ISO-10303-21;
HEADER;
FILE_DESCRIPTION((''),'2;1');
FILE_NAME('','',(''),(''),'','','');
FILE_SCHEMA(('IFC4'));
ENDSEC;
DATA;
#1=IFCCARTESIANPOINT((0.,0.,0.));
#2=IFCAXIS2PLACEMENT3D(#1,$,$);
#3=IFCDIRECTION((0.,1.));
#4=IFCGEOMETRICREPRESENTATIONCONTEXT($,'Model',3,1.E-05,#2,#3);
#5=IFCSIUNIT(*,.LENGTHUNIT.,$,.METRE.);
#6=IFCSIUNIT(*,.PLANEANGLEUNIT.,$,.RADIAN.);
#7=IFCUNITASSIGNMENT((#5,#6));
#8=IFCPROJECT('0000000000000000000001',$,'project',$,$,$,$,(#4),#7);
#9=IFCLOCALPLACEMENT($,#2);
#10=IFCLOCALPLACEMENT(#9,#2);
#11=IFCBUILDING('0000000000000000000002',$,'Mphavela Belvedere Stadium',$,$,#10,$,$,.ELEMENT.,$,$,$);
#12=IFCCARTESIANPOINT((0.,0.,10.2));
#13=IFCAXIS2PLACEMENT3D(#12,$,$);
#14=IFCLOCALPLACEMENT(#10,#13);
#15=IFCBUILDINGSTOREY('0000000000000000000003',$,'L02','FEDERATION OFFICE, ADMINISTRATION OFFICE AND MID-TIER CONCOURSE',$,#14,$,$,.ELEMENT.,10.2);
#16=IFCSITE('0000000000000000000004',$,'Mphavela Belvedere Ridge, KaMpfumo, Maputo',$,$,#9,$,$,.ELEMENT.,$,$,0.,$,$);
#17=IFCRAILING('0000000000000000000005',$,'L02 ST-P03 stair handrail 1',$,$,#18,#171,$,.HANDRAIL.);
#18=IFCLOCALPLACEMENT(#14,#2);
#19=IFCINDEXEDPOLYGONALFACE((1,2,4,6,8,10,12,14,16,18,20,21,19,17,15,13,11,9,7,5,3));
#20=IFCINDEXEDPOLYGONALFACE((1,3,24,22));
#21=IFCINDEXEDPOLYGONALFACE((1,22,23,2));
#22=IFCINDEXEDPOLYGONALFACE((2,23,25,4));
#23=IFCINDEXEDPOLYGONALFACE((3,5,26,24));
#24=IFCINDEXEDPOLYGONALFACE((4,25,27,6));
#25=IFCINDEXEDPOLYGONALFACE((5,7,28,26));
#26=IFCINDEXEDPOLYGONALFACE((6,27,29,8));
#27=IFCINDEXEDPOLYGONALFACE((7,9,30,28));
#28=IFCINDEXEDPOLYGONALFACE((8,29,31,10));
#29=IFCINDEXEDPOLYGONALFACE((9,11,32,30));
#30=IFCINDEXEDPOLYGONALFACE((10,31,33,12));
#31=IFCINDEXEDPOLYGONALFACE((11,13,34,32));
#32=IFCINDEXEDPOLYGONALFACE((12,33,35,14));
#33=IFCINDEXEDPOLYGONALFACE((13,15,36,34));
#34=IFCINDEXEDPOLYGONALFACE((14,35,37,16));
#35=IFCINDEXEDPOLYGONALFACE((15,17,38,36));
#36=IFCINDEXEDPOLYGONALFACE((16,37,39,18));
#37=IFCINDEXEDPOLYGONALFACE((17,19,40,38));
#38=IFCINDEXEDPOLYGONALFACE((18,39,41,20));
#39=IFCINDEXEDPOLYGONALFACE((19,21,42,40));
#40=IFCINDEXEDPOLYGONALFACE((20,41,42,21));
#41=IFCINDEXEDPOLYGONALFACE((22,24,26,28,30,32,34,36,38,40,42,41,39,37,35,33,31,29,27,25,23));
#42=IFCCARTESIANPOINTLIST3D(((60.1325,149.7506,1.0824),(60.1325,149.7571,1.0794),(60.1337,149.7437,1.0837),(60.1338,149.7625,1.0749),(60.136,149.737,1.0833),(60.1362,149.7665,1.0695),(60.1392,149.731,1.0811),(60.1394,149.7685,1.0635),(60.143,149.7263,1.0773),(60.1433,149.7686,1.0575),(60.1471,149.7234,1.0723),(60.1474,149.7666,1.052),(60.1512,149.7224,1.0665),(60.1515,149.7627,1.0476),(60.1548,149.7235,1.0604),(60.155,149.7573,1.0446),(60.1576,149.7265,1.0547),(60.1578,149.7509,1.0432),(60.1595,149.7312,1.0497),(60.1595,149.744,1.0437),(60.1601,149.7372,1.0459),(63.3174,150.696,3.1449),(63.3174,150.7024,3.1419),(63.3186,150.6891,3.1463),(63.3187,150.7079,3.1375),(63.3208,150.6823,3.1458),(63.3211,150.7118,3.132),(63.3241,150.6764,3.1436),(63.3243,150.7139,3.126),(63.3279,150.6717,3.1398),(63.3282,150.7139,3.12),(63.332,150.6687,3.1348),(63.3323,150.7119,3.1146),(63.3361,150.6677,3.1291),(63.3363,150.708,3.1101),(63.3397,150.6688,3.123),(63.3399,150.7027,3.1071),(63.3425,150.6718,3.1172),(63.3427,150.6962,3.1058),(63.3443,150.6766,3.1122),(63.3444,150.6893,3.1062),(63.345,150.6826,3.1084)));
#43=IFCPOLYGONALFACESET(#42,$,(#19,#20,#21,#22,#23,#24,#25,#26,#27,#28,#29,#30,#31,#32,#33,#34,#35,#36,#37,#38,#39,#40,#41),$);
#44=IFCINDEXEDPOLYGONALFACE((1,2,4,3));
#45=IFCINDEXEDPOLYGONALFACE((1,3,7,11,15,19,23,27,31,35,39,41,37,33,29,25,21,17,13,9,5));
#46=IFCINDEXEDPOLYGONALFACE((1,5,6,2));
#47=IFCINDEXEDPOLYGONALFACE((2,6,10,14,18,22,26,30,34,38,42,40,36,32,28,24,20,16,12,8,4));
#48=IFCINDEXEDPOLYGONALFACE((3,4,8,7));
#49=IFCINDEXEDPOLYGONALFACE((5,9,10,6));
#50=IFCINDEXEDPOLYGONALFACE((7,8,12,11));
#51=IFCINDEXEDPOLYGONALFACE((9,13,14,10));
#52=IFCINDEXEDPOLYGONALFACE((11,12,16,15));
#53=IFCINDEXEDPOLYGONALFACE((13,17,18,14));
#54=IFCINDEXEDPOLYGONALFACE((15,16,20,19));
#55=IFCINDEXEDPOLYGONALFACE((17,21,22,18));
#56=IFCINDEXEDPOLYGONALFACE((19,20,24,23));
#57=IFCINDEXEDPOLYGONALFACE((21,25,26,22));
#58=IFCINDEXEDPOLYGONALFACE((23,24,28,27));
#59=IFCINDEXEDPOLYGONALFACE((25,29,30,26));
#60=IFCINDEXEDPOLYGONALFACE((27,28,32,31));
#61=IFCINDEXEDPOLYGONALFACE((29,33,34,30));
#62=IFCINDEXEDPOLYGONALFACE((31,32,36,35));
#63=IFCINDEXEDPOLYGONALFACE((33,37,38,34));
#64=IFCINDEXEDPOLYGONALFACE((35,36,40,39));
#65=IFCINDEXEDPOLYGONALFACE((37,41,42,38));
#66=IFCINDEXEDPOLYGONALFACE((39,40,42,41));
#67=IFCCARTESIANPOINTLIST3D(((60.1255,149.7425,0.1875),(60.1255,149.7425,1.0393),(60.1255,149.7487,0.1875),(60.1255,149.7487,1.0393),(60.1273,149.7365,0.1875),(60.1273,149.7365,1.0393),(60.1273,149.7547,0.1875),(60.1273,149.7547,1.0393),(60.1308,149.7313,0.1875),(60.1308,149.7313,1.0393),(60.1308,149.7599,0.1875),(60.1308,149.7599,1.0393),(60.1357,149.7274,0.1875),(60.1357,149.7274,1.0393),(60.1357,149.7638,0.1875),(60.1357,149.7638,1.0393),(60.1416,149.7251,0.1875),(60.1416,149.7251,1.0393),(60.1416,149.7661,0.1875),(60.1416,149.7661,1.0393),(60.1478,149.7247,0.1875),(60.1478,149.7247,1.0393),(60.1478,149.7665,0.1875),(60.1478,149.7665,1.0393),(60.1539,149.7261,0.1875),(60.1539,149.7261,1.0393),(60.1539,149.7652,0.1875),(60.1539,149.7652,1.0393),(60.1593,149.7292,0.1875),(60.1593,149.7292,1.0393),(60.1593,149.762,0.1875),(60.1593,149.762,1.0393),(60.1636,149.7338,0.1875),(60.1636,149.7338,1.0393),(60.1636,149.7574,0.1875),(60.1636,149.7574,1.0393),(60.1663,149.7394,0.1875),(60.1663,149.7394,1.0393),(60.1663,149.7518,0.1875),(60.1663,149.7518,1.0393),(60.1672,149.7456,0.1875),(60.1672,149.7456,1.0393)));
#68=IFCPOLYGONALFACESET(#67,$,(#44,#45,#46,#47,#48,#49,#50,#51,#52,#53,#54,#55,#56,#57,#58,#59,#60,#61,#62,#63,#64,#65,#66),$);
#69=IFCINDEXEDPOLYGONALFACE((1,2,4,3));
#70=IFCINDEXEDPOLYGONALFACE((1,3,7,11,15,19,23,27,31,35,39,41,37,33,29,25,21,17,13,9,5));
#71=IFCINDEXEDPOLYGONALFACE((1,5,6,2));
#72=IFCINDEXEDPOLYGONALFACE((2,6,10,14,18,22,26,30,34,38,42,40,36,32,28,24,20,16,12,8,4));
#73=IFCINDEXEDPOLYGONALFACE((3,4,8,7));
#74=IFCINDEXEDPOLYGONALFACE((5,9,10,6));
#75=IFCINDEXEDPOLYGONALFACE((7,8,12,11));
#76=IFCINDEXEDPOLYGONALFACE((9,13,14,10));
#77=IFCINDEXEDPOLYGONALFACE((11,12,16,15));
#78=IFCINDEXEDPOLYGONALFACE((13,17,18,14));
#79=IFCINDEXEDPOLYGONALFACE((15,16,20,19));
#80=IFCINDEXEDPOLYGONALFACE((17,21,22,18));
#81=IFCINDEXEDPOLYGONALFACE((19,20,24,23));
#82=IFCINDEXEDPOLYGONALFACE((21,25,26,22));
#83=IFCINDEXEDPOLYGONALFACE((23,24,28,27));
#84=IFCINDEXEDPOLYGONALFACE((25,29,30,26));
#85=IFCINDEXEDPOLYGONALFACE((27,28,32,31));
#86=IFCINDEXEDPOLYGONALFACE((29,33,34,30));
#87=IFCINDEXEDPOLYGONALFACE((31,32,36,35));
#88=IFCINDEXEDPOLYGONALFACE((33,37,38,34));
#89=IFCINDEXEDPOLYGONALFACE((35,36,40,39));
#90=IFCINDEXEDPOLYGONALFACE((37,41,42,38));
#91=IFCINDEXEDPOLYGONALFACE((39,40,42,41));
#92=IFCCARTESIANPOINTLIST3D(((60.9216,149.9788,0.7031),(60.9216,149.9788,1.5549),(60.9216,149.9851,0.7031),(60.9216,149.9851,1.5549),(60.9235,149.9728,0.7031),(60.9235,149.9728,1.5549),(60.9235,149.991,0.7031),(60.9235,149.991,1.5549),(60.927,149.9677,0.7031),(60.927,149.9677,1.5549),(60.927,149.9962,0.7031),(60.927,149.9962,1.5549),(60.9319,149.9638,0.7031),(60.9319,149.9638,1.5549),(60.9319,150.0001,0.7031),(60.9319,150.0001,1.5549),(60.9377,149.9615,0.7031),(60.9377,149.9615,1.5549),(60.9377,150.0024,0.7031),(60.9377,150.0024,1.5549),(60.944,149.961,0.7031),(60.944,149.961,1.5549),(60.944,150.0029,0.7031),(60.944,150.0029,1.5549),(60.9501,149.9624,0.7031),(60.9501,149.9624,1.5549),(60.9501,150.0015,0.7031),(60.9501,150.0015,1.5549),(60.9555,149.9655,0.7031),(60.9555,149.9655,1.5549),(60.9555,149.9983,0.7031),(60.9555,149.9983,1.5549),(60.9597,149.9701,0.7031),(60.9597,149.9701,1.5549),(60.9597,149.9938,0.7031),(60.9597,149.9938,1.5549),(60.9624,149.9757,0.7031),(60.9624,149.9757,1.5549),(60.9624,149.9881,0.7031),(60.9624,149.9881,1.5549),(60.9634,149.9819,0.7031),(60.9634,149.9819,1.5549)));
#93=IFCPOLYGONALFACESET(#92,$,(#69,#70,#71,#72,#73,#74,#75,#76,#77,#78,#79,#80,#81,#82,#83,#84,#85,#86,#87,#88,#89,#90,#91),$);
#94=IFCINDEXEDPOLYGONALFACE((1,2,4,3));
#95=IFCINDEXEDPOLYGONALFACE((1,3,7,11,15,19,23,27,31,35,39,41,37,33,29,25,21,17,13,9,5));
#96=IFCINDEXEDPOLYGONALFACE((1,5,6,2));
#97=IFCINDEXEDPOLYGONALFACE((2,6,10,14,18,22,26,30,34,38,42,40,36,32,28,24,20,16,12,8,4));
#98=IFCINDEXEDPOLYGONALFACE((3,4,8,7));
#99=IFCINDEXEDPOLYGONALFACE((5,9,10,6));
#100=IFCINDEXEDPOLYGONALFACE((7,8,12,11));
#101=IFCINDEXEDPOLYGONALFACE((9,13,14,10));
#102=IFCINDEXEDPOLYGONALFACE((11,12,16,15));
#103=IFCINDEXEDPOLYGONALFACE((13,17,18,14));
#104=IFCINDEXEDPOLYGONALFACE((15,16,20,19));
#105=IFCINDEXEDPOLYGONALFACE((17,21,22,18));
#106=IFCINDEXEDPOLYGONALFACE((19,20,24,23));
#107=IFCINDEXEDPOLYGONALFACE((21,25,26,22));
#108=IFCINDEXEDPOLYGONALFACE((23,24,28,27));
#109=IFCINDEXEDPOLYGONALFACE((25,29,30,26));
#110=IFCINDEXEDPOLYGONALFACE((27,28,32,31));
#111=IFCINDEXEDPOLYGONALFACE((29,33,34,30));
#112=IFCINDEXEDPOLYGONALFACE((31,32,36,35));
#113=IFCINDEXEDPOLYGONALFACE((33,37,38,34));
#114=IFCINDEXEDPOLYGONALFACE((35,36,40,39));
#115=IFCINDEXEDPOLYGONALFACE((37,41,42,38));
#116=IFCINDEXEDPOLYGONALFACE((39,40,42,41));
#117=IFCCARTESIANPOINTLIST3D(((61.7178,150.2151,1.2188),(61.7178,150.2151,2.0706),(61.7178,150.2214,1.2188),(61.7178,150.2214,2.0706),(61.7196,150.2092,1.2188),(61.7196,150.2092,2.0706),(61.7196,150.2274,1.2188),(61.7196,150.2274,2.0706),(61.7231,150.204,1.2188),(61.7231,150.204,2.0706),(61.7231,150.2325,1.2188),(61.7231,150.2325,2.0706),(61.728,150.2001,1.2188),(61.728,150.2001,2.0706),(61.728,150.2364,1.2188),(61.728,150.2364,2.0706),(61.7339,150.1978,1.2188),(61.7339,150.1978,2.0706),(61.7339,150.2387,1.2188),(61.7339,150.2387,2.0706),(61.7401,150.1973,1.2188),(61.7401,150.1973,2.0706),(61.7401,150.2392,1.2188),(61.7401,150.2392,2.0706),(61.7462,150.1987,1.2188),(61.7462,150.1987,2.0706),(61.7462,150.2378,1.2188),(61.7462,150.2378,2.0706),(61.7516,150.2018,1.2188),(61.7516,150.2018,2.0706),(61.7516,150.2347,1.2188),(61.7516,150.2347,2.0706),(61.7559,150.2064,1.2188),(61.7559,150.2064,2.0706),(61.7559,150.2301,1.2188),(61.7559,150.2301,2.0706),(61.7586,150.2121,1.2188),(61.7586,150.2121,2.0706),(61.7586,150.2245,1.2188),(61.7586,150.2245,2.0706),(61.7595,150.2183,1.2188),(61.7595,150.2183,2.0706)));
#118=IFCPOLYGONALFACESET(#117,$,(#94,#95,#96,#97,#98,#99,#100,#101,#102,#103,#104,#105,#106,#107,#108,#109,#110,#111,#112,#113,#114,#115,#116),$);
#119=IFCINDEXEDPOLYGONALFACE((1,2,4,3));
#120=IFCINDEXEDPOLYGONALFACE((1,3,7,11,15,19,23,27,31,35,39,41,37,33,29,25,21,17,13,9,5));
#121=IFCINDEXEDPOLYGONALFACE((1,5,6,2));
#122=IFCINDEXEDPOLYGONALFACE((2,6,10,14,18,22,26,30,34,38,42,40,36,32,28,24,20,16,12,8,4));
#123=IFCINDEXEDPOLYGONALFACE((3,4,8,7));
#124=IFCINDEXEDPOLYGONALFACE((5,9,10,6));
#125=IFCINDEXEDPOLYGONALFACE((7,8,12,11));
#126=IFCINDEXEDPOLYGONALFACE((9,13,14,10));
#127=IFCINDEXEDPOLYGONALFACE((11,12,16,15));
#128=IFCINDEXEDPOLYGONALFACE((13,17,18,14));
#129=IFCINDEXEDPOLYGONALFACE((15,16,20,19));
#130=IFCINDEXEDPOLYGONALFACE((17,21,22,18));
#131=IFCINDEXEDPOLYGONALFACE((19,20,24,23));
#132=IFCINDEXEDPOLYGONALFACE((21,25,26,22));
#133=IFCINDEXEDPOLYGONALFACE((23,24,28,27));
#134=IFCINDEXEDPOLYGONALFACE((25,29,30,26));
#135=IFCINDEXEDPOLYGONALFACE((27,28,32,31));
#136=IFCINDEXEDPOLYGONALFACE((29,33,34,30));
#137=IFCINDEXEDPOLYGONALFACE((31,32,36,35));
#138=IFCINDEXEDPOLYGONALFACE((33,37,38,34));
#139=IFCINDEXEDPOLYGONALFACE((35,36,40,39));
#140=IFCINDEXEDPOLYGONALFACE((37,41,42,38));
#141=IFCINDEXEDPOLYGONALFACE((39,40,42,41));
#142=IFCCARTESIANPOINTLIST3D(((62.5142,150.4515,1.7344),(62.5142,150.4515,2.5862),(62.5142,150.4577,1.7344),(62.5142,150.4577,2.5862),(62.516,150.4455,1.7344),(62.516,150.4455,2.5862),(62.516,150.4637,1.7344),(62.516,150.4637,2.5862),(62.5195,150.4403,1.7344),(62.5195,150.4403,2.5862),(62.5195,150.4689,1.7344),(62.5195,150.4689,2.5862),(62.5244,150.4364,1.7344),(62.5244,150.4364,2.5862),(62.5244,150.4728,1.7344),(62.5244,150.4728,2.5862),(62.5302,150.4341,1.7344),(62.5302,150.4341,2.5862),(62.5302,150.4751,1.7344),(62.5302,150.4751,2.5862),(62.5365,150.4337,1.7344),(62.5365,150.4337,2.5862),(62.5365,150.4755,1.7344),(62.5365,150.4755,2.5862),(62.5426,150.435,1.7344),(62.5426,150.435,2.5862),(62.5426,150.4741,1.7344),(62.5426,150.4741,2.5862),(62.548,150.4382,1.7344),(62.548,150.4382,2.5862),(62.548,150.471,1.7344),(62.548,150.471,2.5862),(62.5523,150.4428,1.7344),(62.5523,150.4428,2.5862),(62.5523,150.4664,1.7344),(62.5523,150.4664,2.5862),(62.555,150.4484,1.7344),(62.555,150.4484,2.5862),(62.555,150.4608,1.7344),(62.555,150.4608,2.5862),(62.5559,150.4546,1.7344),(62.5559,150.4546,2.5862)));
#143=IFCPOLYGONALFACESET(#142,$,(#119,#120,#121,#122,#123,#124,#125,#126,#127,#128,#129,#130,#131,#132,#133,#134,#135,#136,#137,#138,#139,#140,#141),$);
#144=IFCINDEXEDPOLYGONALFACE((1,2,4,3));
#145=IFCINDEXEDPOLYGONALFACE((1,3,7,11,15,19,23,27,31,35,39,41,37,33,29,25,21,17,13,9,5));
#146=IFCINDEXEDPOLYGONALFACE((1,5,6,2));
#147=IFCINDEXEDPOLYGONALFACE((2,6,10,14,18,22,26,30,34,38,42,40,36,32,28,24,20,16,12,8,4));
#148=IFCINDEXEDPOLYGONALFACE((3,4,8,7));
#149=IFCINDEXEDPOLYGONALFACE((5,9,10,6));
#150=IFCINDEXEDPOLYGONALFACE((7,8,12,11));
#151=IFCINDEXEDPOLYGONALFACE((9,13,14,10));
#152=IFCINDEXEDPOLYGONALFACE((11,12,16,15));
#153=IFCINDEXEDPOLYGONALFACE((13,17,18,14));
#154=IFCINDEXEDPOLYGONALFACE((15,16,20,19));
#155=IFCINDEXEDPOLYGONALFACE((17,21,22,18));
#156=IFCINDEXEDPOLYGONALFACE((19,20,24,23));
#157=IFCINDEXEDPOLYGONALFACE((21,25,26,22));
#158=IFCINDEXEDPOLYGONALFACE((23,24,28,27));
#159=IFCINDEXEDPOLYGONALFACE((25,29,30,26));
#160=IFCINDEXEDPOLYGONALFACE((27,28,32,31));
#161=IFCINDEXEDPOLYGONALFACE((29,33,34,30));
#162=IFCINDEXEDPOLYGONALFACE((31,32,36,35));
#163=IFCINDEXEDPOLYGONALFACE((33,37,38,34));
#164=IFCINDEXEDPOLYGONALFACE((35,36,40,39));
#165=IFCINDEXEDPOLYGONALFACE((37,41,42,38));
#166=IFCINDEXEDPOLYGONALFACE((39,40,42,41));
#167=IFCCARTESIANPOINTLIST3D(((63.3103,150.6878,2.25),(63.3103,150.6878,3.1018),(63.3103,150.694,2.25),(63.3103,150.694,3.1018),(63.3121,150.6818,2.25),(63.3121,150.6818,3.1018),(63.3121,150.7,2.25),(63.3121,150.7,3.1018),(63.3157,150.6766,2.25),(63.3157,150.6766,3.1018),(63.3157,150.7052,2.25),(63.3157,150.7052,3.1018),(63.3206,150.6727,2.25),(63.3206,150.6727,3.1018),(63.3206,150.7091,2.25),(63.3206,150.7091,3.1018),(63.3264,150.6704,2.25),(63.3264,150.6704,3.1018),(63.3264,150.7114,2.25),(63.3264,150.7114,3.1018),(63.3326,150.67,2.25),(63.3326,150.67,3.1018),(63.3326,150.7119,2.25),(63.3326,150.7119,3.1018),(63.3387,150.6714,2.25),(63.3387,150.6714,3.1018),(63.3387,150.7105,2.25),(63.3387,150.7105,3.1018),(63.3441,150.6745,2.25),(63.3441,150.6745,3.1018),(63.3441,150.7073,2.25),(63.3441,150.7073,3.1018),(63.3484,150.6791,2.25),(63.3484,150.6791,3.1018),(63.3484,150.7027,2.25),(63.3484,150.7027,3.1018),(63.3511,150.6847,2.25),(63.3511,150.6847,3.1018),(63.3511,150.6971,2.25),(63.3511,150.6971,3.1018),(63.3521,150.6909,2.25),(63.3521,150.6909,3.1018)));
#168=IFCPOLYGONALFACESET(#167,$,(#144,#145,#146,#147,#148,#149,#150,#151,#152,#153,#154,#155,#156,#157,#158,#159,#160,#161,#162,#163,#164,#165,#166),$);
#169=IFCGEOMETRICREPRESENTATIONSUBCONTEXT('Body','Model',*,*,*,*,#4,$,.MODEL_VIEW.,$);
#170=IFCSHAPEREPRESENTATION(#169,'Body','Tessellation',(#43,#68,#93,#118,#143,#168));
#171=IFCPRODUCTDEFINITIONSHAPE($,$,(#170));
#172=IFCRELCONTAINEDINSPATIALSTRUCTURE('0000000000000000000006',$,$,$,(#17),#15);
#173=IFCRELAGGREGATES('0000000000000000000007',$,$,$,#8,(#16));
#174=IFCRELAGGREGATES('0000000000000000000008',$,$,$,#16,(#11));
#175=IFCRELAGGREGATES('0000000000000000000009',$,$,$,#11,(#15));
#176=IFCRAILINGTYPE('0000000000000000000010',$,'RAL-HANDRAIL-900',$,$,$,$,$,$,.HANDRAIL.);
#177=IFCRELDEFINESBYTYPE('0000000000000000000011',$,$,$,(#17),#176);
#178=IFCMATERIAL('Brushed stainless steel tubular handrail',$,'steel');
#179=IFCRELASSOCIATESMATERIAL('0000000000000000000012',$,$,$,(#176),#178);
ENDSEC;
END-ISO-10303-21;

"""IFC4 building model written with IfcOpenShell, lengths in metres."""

from ifc_helpers import new_model, si_unit, direction, frame, origin, origin_2d, place, context, subcontext, project, spatial, circle, extrude, material, type_object, element, save


model = new_model("IFC4")

# Units and contexts
model_context = context("Model", 3, precision=1e-05, world=origin(), true_north=direction((0.0, 1.0)))
body_context = subcontext(model_context, "Body", "Model", "MODEL_VIEW")
ifc_project = project(units=[si_unit("LENGTHUNIT", "METRE"), si_unit("PLANEANGLEUNIT", "RADIAN")], contexts=[model_context])

# Site, building, storey
site_placement = place(None, origin())
site = spatial("IfcSite", under=ifc_project, at=site_placement, Name="Mphavela Belvedere Ridge, KaMpfumo, Maputo", CompositionType="ELEMENT", RefElevation=0.0)
building_placement = place(site_placement, origin())
building = spatial("IfcBuilding", under=site, at=building_placement, Name="Mphavela Belvedere Stadium", CompositionType="ELEMENT")
storey_placement = place(building_placement, frame((0.0, 0.0, 10.2)))
storey = spatial("IfcBuildingStorey", under=building, at=storey_placement, Name="L02", Description="FEDERATION OFFICE, ADMINISTRATION OFFICE AND MID-TIER CONCOURSE", CompositionType="ELEMENT", Elevation=10.2)

# Railing
ifc_material_1 = material(Name="Brushed stainless steel tubular handrail", Category="steel")
railing_type_1 = type_object("IfcRailingType", Name="RAL-HANDRAIL-900", PredefinedType="HANDRAIL", material=ifc_material_1)
railing_1_placement = place(storey_placement, frame((60.1462, 149.7456, 0.1875)))
element("IfcRailing", 1, at=railing_1_placement, inside=storey, type_object=railing_type_1, Name="L02 ST-P03 stair handrail 1", PredefinedType="HANDRAIL", context=body_context, shape_type="SweptSolid", body=[
    extrude(circle(Radius=0.0239, at=origin_2d()), frame((0.0, 0.0, 0.876), z_axis=(0.814465, 0.241748, 0.527451), x_axis=(-0.284549, 0.958662, 0.0)), (0.0, 0.0, 1.0), 3.9104),
    extrude(circle(Radius=0.021, at=origin_2d()), origin(), (0.0, 0.0, 1.0), 0.8518),
    extrude(circle(Radius=0.021, at=origin_2d()), frame((0.7961, 0.2363, 0.5156)), (0.0, 0.0, 1.0), 0.8518),
    extrude(circle(Radius=0.021, at=origin_2d()), frame((1.5923, 0.4727, 1.0312)), (0.0, 0.0, 1.0), 0.8518),
    extrude(circle(Radius=0.021, at=origin_2d()), frame((2.3887, 0.709, 1.5469)), (0.0, 0.0, 1.0), 0.8518),
    extrude(circle(Radius=0.021, at=origin_2d()), frame((3.1848, 0.9453, 2.0625)), (0.0, 0.0, 1.0), 0.8518),
])

save(model, "model.ifc")
